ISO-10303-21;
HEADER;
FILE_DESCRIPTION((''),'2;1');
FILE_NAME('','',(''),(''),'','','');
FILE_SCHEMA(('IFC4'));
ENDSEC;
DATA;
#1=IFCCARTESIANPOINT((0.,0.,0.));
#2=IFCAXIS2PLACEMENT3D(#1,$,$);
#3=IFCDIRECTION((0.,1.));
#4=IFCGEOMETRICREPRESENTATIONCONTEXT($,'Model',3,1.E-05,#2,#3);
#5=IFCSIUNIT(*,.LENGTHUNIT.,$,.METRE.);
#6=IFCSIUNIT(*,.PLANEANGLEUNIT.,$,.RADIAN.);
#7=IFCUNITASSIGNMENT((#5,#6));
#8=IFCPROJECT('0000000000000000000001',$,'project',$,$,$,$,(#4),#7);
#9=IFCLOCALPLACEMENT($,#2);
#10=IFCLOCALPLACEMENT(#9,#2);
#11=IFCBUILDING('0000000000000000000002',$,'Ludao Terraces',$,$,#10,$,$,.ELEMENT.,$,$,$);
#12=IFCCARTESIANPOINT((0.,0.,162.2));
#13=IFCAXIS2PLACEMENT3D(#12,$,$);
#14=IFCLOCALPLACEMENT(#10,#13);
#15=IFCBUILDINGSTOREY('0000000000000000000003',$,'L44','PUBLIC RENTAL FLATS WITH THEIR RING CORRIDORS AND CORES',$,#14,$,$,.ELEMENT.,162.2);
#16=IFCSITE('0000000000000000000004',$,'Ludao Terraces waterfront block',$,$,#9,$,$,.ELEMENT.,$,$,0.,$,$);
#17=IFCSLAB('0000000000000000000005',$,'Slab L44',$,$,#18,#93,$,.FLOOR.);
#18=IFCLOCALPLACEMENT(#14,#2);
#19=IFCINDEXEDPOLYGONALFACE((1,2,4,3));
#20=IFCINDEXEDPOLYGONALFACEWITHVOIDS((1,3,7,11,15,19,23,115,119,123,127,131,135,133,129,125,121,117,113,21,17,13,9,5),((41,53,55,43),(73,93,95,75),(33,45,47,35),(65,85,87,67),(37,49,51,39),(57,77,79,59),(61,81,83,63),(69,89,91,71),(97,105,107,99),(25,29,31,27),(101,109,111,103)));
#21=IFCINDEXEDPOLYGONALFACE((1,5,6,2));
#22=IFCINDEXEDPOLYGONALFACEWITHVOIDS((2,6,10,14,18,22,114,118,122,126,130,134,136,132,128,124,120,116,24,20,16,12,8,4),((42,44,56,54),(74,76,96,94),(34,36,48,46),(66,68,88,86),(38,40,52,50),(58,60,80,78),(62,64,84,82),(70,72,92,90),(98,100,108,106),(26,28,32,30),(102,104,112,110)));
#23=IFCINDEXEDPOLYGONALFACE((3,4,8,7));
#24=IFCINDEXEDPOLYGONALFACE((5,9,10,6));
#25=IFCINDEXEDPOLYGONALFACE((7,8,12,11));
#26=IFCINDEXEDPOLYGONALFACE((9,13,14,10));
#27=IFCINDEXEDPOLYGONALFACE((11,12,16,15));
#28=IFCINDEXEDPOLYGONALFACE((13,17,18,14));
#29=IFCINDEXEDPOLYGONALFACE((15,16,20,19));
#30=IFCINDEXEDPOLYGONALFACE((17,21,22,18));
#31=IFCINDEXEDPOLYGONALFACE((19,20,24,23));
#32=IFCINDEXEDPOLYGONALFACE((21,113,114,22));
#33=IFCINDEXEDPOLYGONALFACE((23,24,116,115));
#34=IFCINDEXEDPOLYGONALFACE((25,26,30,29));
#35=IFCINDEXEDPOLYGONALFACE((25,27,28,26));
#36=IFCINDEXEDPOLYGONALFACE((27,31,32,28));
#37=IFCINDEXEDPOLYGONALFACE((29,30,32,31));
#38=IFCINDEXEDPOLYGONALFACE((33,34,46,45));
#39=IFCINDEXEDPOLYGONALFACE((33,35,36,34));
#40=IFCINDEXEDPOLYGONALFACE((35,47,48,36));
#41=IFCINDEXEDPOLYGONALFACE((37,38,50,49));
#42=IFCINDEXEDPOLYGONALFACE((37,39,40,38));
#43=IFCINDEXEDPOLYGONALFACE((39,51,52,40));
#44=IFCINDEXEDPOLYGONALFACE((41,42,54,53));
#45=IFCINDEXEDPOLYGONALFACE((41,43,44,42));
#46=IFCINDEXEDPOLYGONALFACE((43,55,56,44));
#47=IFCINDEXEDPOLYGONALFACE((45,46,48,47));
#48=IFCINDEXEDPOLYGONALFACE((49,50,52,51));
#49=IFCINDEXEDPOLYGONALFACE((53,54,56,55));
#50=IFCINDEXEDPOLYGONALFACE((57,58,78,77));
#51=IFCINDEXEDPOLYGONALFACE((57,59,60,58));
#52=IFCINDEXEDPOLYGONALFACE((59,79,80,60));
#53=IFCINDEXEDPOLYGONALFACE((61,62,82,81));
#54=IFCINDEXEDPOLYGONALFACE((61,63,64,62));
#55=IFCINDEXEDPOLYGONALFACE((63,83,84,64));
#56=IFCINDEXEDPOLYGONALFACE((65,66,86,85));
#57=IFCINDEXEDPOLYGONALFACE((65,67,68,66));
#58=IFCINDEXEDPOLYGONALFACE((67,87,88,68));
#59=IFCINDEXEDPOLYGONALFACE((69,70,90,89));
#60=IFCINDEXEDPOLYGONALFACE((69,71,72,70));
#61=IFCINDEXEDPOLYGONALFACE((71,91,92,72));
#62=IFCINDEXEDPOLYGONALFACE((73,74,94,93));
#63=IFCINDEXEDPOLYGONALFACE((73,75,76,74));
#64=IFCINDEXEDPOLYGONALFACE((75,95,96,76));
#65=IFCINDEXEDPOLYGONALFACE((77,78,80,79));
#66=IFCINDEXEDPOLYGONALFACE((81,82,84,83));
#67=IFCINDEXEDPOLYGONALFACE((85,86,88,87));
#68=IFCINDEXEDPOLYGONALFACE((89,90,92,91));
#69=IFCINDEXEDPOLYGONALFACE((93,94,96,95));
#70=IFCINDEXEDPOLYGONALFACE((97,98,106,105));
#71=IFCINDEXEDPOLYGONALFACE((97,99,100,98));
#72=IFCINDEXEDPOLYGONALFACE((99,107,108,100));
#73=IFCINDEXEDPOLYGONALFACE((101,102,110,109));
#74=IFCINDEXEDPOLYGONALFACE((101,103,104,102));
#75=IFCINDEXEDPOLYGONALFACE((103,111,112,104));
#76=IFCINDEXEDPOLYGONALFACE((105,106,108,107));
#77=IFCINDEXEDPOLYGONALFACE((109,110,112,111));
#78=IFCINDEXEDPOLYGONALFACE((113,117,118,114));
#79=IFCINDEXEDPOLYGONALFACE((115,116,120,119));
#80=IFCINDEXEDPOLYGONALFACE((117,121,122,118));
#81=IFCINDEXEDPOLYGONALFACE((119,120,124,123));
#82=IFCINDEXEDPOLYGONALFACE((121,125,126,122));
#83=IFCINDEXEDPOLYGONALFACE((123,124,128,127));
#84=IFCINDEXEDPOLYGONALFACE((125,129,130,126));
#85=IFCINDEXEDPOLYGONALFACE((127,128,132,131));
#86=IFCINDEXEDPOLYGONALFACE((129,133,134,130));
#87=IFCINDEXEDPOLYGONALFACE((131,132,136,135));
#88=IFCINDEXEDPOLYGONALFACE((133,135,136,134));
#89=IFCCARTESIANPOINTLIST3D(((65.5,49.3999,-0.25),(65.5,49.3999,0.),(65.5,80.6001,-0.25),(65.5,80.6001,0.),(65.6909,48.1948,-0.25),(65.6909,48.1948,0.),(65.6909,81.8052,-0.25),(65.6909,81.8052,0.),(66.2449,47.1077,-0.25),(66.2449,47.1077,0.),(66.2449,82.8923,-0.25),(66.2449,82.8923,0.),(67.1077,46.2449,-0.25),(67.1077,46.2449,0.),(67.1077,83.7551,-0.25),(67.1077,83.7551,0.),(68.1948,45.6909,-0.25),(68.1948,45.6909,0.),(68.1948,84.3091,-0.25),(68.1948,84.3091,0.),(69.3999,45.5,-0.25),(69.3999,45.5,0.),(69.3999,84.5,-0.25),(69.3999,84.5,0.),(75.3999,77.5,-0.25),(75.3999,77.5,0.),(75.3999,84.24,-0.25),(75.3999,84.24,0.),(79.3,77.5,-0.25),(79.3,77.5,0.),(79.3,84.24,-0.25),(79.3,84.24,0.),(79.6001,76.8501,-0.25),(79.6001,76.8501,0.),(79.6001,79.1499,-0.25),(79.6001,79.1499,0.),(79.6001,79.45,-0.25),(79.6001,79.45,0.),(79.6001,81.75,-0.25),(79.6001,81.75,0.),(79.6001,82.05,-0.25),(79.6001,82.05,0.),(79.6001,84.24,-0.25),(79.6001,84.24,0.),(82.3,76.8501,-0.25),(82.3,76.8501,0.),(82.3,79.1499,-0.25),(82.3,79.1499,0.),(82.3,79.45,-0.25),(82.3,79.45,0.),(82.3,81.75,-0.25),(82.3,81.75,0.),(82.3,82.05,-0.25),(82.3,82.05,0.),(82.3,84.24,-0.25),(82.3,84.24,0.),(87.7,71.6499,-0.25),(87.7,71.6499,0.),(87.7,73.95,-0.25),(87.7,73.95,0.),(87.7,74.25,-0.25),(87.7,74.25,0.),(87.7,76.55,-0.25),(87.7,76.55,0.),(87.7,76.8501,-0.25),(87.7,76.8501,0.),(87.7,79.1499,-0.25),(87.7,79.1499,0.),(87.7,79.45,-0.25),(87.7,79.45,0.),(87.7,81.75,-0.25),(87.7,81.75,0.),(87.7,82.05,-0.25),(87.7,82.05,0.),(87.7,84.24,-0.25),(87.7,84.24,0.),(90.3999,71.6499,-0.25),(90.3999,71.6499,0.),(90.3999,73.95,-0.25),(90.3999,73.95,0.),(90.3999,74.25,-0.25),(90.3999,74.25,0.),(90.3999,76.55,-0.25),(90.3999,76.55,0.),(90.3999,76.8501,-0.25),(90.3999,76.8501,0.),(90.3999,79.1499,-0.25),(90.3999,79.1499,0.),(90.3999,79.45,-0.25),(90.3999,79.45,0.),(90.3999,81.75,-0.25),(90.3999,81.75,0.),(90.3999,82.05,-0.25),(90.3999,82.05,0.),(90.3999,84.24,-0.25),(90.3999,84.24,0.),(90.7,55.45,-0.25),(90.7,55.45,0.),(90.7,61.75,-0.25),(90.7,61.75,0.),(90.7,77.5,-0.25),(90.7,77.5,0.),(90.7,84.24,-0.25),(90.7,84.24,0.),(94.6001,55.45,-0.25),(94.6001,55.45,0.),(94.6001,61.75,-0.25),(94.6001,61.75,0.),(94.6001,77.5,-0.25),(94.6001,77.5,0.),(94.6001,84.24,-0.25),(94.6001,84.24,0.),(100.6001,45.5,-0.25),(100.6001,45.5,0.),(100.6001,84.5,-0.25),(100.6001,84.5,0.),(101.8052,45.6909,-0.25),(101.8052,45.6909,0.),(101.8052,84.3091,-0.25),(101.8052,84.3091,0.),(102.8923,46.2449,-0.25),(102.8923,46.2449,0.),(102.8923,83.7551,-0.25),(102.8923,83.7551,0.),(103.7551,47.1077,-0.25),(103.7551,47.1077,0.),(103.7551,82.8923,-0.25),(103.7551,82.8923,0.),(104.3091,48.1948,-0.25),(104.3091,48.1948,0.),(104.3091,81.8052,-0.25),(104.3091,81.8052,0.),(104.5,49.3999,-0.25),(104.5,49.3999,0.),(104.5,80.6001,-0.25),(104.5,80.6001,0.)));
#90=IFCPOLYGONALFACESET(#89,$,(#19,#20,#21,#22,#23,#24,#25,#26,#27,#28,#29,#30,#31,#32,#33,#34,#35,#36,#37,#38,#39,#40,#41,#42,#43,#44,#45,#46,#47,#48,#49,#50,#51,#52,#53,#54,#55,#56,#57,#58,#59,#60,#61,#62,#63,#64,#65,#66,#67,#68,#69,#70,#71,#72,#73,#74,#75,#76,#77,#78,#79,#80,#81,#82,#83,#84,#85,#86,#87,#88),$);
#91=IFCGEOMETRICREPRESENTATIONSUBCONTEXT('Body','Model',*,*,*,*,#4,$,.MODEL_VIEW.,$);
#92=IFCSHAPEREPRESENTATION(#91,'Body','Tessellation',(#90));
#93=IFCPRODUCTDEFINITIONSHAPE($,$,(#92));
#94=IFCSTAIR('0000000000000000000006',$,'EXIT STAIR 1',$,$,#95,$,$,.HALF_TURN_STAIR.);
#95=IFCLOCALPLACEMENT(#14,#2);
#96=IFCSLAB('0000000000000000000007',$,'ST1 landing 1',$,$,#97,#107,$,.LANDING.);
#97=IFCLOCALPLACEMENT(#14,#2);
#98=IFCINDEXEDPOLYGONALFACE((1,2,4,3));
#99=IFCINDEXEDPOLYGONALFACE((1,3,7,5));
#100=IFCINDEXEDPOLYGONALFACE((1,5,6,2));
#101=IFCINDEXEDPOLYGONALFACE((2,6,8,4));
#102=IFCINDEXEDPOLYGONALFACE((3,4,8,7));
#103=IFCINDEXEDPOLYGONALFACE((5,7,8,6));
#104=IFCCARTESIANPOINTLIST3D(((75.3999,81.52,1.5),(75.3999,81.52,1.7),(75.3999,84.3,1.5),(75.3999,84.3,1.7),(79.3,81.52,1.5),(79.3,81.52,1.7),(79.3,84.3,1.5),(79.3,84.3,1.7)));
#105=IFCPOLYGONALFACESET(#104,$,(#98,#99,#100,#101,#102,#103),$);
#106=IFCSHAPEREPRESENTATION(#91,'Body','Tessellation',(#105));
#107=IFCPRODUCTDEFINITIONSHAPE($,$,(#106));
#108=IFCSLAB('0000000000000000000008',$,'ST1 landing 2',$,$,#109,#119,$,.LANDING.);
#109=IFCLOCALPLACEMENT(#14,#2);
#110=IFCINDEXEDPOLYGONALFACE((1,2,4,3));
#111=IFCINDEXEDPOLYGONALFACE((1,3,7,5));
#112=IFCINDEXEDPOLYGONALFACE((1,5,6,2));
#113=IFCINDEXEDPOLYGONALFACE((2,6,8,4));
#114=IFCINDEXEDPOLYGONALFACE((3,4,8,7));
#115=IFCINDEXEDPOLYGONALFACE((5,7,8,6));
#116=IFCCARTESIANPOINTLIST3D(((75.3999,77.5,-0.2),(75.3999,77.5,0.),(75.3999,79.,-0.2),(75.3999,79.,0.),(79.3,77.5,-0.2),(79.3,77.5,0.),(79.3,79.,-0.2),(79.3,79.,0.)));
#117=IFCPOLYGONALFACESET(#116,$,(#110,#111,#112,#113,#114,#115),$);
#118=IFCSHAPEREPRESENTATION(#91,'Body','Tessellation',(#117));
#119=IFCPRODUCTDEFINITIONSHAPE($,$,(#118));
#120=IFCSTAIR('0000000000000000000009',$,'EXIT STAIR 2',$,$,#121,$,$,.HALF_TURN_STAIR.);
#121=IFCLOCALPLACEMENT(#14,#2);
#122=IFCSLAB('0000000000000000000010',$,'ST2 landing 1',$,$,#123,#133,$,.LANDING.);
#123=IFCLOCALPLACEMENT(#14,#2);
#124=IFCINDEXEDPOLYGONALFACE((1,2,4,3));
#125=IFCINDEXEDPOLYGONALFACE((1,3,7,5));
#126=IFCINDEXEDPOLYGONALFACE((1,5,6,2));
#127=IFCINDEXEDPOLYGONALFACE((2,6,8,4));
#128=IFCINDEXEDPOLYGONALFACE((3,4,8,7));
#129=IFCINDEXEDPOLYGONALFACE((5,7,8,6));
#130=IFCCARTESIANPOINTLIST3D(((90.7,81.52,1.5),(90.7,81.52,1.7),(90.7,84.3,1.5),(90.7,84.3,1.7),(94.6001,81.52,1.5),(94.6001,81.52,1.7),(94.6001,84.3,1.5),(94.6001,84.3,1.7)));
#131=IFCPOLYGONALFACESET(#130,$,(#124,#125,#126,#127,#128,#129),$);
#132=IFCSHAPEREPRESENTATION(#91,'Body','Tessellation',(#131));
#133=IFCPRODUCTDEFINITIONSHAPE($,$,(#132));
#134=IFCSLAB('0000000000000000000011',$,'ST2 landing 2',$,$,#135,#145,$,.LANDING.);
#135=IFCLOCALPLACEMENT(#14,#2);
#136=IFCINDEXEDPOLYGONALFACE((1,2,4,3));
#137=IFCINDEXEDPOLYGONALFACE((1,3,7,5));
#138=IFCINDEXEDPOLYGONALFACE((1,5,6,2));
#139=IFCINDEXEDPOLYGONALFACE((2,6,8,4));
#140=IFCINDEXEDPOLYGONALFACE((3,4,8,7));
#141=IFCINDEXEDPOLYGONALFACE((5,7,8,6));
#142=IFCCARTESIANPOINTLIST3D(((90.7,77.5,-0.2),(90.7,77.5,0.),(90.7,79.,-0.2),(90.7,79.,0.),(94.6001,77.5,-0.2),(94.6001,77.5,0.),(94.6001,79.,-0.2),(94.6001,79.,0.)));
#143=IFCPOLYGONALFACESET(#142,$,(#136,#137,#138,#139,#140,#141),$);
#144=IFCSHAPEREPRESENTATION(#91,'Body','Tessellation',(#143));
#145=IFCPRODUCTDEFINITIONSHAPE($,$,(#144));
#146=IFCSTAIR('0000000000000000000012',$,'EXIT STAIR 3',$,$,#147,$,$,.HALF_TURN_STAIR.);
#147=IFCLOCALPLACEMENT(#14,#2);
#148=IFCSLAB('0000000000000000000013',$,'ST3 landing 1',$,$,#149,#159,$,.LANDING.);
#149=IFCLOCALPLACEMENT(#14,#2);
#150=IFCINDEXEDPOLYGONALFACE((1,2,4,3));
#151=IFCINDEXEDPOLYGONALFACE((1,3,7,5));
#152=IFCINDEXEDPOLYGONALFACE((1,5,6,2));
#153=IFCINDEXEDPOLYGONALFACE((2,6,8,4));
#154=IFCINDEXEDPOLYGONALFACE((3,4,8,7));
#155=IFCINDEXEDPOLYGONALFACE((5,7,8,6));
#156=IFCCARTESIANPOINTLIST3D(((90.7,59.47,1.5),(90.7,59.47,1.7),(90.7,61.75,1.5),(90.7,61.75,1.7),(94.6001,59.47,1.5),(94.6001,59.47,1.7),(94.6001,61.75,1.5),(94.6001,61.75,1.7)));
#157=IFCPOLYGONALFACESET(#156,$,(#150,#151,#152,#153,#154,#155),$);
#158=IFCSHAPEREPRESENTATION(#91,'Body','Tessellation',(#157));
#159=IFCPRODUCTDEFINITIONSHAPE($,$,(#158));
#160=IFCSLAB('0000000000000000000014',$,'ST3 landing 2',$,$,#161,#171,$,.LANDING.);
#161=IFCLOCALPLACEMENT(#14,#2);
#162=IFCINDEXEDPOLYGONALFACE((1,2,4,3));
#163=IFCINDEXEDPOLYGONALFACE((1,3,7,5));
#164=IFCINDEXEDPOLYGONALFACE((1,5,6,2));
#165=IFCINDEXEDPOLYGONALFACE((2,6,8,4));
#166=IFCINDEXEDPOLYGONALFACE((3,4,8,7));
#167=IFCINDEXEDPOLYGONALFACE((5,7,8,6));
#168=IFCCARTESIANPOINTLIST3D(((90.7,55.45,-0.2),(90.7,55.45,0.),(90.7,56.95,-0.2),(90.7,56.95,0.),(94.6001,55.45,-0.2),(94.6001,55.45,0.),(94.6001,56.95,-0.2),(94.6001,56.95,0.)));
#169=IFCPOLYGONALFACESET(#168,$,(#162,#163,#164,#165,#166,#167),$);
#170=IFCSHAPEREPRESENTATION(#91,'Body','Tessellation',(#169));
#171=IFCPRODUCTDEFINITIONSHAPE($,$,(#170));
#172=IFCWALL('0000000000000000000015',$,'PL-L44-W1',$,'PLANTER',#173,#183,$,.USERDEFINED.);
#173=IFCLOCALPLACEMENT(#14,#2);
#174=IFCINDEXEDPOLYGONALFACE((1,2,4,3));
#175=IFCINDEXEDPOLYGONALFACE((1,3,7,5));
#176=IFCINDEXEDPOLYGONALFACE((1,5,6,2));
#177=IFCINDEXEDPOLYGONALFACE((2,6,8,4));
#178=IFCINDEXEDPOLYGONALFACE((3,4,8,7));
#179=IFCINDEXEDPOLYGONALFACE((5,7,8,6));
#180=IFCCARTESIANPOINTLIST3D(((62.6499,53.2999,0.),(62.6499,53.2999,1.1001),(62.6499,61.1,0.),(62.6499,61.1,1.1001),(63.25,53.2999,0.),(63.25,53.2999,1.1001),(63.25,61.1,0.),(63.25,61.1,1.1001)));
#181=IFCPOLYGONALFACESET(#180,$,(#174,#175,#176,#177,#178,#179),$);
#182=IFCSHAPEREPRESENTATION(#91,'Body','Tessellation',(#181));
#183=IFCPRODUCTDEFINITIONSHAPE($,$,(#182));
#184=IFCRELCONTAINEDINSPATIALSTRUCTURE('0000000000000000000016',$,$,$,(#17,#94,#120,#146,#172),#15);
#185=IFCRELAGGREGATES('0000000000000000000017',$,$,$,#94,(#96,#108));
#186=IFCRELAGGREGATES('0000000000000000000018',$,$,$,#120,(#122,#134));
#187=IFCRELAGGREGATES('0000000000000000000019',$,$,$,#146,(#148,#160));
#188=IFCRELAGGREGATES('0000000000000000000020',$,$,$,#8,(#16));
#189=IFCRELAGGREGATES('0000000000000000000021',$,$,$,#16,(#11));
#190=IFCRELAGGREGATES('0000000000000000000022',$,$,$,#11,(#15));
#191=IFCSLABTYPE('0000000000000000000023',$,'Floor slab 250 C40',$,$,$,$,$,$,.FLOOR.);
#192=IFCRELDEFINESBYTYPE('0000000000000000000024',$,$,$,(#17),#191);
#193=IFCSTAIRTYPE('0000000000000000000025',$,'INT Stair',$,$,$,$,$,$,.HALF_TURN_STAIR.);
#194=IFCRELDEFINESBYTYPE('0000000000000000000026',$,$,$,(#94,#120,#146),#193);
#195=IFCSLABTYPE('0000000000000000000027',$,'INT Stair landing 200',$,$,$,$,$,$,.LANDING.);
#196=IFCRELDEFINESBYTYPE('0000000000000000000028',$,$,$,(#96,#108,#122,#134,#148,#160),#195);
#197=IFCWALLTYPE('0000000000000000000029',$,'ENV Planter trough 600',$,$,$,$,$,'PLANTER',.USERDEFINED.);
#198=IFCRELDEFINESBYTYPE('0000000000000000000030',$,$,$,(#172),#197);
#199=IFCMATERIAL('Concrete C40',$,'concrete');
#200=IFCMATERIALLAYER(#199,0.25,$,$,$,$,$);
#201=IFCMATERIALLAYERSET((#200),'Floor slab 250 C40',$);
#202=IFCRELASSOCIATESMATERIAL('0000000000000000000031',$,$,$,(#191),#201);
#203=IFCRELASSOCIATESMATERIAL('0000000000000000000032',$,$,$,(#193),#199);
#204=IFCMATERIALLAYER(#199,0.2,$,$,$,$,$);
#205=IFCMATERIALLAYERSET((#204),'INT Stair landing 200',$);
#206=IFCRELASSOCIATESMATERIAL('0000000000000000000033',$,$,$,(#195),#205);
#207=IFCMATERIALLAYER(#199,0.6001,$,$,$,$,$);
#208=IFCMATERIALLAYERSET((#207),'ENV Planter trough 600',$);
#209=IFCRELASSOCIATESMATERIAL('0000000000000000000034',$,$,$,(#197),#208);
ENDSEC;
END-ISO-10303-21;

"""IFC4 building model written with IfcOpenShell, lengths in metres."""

from ifc_helpers import new_model, si_unit, direction, frame, frame_2d, origin, place, context, subcontext, project, spatial, polyline, rectangle, outline, extrude, material, layer, layer_set, type_object, element, aggregate, save


model = new_model("IFC4")

# Units and contexts
model_context = context("Model", 3, precision=1e-05, world=origin(), true_north=direction((0.0, 1.0)))
body_context = subcontext(model_context, "Body", "Model", "MODEL_VIEW")
ifc_project = project(units=[si_unit("LENGTHUNIT", "METRE"), si_unit("PLANEANGLEUNIT", "RADIAN")], contexts=[model_context])

# Site, building, storey
site_placement = place(None, origin())
site = spatial("IfcSite", under=ifc_project, at=site_placement, Name="Ludao Terraces waterfront block", CompositionType="ELEMENT", RefElevation=0.0)
building_placement = place(site_placement, origin())
building = spatial("IfcBuilding", under=site, at=building_placement, Name="Ludao Terraces", CompositionType="ELEMENT")
storey_placement = place(building_placement, frame((0.0, 0.0, 162.2)))
storey = spatial("IfcBuildingStorey", under=building, at=storey_placement, Name="L44", Description="PUBLIC RENTAL FLATS WITH THEIR RING CORRIDORS AND CORES", CompositionType="ELEMENT", Elevation=162.2)

# Shared definitions
ifc_material_1 = material(Name="Concrete C40", Category="concrete")

# Slab
ifc_layer_1 = layer(ifc_material_1, 0.25)
ifc_layer_set_1 = layer_set([ifc_layer_1], Name="Floor slab 250 C40")
slab_type_1 = type_object("IfcSlabType", Name="Floor slab 250 C40", PredefinedType="FLOOR", material=ifc_layer_set_1)
slab_1_placement = place(storey_placement, frame((0.0, 0.0, -0.25)))
element("IfcSlab", 1, at=slab_1_placement, inside=storey, type_object=slab_type_1, Name="Slab L44", PredefinedType="FLOOR", context=body_context, shape_type="SweptSolid", body=[
    extrude(outline(polyline([(100.6001, 45.5), (101.8052, 45.6909), (102.8923, 46.2449), (103.7551, 47.1077), (104.3091, 48.1948), (104.5, 49.3999), (104.5, 80.6001), (104.3091, 81.8052), (103.7551, 82.8923), (102.8923, 83.7551), (101.8052, 84.3091), (100.6001, 84.5), (69.3999, 84.5), (68.1948, 84.3091), (67.1077, 83.7551), (66.2449, 82.8923), (65.6909, 81.8052), (65.5, 80.6001), (65.5, 49.3999), (65.6909, 48.1948), (66.2449, 47.1077), (67.1077, 46.2449), (68.1948, 45.6909), (69.3999, 45.5), (100.6001, 45.5)]), holes=[polyline([(79.6001, 76.8501), (82.3, 76.8501), (82.3, 79.1499), (79.6001, 79.1499), (79.6001, 76.8501)]), polyline([(79.6001, 79.45), (82.3, 79.45), (82.3, 81.75), (79.6001, 81.75), (79.6001, 79.45)]), polyline([(79.6001, 82.05), (82.3, 82.05), (82.3, 84.24), (79.6001, 84.24), (79.6001, 82.05)]), polyline([(87.7, 71.6499), (90.3999, 71.6499), (90.3999, 73.95), (87.7, 73.95), (87.7, 71.6499)]), polyline([(87.7, 74.25), (90.3999, 74.25), (90.3999, 76.55), (87.7, 76.55), (87.7, 74.25)]), polyline([(87.7, 76.8501), (90.3999, 76.8501), (90.3999, 79.1499), (87.7, 79.1499), (87.7, 76.8501)]), polyline([(87.7, 79.45), (90.3999, 79.45), (90.3999, 81.75), (87.7, 81.75), (87.7, 79.45)]), polyline([(87.7, 82.05), (90.3999, 82.05), (90.3999, 84.24), (87.7, 84.24), (87.7, 82.05)]), polyline([(75.3999, 77.5), (79.3, 77.5), (79.3, 84.24), (75.3999, 84.24), (75.3999, 77.5)]), polyline([(90.7, 77.5), (94.6001, 77.5), (94.6001, 84.24), (90.7, 84.24), (90.7, 77.5)]), polyline([(90.7, 55.45), (94.6001, 55.45), (94.6001, 61.75), (90.7, 61.75), (90.7, 55.45)])]), origin(), (0.0, 0.0, 1.0), 0.25),
])

# Stairs, slabs
stair_type = type_object("IfcStairType", Name="INT Stair", PredefinedType="HALF_TURN_STAIR", material=ifc_material_1)
stair_1_placement = place(storey_placement, origin())
stair_1 = element("IfcStair", 2, at=stair_1_placement, inside=storey, type_object=stair_type, Name="EXIT STAIR 1", PredefinedType="HALF_TURN_STAIR")
ifc_layer_2 = layer(ifc_material_1, 0.2)
ifc_layer_set_2 = layer_set([ifc_layer_2], Name="INT Stair landing 200")
slab_type_2 = type_object("IfcSlabType", Name="INT Stair landing 200", PredefinedType="LANDING", material=ifc_layer_set_2)
slab_2_placement = place(storey_placement, frame((0.0, 0.0, 1.5)))
slab_2 = element("IfcSlab", 3, at=slab_2_placement, type_object=slab_type_2, Name="ST1 landing 1", PredefinedType="LANDING", context=body_context, shape_type="SweptSolid", body=[
    extrude(outline(polyline([(75.3999, 81.52), (79.3, 81.52), (79.3, 84.3), (75.3999, 84.3), (75.3999, 81.52)])), origin(), (0.0, 0.0, 1.0), 0.2),
])
slab_3_placement = place(storey_placement, frame((0.0, 0.0, -0.2)))
slab_3 = element("IfcSlab", 4, at=slab_3_placement, type_object=slab_type_2, Name="ST1 landing 2", PredefinedType="LANDING", context=body_context, shape_type="SweptSolid", body=[
    extrude(outline(polyline([(75.3999, 77.5), (79.3, 77.5), (79.3, 79.0), (75.3999, 79.0), (75.3999, 77.5)])), origin(), (0.0, 0.0, 1.0), 0.2),
])
aggregate(stair_1, [slab_2, slab_3])
stair_2_placement = place(storey_placement, origin())
stair_2 = element("IfcStair", 5, at=stair_2_placement, inside=storey, type_object=stair_type, Name="EXIT STAIR 2", PredefinedType="HALF_TURN_STAIR")
slab_4_placement = place(storey_placement, frame((0.0, 0.0, 1.5)))
slab_4 = element("IfcSlab", 6, at=slab_4_placement, type_object=slab_type_2, Name="ST2 landing 1", PredefinedType="LANDING", context=body_context, shape_type="SweptSolid", body=[
    extrude(outline(polyline([(90.7, 81.52), (94.6001, 81.52), (94.6001, 84.3), (90.7, 84.3), (90.7, 81.52)])), origin(), (0.0, 0.0, 1.0), 0.2),
])
slab_5_placement = place(storey_placement, frame((0.0, 0.0, -0.2)))
slab_5 = element("IfcSlab", 7, at=slab_5_placement, type_object=slab_type_2, Name="ST2 landing 2", PredefinedType="LANDING", context=body_context, shape_type="SweptSolid", body=[
    extrude(outline(polyline([(90.7, 77.5), (94.6001, 77.5), (94.6001, 79.0), (90.7, 79.0), (90.7, 77.5)])), origin(), (0.0, 0.0, 1.0), 0.2),
])
aggregate(stair_2, [slab_4, slab_5])
stair_3_placement = place(storey_placement, origin())
stair_3 = element("IfcStair", 8, at=stair_3_placement, inside=storey, type_object=stair_type, Name="EXIT STAIR 3", PredefinedType="HALF_TURN_STAIR")
slab_6_placement = place(storey_placement, frame((0.0, 0.0, 1.5)))
slab_6 = element("IfcSlab", 9, at=slab_6_placement, type_object=slab_type_2, Name="ST3 landing 1", PredefinedType="LANDING", context=body_context, shape_type="SweptSolid", body=[
    extrude(outline(polyline([(90.7, 59.47), (94.6001, 59.47), (94.6001, 61.75), (90.7, 61.75), (90.7, 59.47)])), origin(), (0.0, 0.0, 1.0), 0.2),
])
slab_7_placement = place(storey_placement, frame((0.0, 0.0, -0.2)))
slab_7 = element("IfcSlab", 10, at=slab_7_placement, type_object=slab_type_2, Name="ST3 landing 2", PredefinedType="LANDING", context=body_context, shape_type="SweptSolid", body=[
    extrude(outline(polyline([(90.7, 55.45), (94.6001, 55.45), (94.6001, 56.95), (90.7, 56.95), (90.7, 55.45)])), origin(), (0.0, 0.0, 1.0), 0.2),
])
aggregate(stair_3, [slab_6, slab_7])

# Wall
ifc_layer_3 = layer(ifc_material_1, 0.6001)
ifc_layer_set_3 = layer_set([ifc_layer_3], Name="ENV Planter trough 600")
wall_type = type_object("IfcWallType", Name="ENV Planter trough 600", ElementType="PLANTER", PredefinedType="USERDEFINED", material=ifc_layer_set_3)
wall_1_placement = place(storey_placement, frame((62.95, 53.3, 0.0), z_axis=(0.0, 0.0, 1.0), x_axis=(0.0, 1.0, 0.0)))
element("IfcWall", 11, at=wall_1_placement, inside=storey, type_object=wall_type, Name="PL-L44-W1", ObjectType="PLANTER", PredefinedType="USERDEFINED", context=body_context, shape_type="SweptSolid", body=[
    extrude(rectangle(XDim=7.8, YDim=0.6001, at=frame_2d((3.8999, 0.0))), origin(), (0.0, 0.0, 1.0), 1.1001),
])

save(model, "model.ifc")
